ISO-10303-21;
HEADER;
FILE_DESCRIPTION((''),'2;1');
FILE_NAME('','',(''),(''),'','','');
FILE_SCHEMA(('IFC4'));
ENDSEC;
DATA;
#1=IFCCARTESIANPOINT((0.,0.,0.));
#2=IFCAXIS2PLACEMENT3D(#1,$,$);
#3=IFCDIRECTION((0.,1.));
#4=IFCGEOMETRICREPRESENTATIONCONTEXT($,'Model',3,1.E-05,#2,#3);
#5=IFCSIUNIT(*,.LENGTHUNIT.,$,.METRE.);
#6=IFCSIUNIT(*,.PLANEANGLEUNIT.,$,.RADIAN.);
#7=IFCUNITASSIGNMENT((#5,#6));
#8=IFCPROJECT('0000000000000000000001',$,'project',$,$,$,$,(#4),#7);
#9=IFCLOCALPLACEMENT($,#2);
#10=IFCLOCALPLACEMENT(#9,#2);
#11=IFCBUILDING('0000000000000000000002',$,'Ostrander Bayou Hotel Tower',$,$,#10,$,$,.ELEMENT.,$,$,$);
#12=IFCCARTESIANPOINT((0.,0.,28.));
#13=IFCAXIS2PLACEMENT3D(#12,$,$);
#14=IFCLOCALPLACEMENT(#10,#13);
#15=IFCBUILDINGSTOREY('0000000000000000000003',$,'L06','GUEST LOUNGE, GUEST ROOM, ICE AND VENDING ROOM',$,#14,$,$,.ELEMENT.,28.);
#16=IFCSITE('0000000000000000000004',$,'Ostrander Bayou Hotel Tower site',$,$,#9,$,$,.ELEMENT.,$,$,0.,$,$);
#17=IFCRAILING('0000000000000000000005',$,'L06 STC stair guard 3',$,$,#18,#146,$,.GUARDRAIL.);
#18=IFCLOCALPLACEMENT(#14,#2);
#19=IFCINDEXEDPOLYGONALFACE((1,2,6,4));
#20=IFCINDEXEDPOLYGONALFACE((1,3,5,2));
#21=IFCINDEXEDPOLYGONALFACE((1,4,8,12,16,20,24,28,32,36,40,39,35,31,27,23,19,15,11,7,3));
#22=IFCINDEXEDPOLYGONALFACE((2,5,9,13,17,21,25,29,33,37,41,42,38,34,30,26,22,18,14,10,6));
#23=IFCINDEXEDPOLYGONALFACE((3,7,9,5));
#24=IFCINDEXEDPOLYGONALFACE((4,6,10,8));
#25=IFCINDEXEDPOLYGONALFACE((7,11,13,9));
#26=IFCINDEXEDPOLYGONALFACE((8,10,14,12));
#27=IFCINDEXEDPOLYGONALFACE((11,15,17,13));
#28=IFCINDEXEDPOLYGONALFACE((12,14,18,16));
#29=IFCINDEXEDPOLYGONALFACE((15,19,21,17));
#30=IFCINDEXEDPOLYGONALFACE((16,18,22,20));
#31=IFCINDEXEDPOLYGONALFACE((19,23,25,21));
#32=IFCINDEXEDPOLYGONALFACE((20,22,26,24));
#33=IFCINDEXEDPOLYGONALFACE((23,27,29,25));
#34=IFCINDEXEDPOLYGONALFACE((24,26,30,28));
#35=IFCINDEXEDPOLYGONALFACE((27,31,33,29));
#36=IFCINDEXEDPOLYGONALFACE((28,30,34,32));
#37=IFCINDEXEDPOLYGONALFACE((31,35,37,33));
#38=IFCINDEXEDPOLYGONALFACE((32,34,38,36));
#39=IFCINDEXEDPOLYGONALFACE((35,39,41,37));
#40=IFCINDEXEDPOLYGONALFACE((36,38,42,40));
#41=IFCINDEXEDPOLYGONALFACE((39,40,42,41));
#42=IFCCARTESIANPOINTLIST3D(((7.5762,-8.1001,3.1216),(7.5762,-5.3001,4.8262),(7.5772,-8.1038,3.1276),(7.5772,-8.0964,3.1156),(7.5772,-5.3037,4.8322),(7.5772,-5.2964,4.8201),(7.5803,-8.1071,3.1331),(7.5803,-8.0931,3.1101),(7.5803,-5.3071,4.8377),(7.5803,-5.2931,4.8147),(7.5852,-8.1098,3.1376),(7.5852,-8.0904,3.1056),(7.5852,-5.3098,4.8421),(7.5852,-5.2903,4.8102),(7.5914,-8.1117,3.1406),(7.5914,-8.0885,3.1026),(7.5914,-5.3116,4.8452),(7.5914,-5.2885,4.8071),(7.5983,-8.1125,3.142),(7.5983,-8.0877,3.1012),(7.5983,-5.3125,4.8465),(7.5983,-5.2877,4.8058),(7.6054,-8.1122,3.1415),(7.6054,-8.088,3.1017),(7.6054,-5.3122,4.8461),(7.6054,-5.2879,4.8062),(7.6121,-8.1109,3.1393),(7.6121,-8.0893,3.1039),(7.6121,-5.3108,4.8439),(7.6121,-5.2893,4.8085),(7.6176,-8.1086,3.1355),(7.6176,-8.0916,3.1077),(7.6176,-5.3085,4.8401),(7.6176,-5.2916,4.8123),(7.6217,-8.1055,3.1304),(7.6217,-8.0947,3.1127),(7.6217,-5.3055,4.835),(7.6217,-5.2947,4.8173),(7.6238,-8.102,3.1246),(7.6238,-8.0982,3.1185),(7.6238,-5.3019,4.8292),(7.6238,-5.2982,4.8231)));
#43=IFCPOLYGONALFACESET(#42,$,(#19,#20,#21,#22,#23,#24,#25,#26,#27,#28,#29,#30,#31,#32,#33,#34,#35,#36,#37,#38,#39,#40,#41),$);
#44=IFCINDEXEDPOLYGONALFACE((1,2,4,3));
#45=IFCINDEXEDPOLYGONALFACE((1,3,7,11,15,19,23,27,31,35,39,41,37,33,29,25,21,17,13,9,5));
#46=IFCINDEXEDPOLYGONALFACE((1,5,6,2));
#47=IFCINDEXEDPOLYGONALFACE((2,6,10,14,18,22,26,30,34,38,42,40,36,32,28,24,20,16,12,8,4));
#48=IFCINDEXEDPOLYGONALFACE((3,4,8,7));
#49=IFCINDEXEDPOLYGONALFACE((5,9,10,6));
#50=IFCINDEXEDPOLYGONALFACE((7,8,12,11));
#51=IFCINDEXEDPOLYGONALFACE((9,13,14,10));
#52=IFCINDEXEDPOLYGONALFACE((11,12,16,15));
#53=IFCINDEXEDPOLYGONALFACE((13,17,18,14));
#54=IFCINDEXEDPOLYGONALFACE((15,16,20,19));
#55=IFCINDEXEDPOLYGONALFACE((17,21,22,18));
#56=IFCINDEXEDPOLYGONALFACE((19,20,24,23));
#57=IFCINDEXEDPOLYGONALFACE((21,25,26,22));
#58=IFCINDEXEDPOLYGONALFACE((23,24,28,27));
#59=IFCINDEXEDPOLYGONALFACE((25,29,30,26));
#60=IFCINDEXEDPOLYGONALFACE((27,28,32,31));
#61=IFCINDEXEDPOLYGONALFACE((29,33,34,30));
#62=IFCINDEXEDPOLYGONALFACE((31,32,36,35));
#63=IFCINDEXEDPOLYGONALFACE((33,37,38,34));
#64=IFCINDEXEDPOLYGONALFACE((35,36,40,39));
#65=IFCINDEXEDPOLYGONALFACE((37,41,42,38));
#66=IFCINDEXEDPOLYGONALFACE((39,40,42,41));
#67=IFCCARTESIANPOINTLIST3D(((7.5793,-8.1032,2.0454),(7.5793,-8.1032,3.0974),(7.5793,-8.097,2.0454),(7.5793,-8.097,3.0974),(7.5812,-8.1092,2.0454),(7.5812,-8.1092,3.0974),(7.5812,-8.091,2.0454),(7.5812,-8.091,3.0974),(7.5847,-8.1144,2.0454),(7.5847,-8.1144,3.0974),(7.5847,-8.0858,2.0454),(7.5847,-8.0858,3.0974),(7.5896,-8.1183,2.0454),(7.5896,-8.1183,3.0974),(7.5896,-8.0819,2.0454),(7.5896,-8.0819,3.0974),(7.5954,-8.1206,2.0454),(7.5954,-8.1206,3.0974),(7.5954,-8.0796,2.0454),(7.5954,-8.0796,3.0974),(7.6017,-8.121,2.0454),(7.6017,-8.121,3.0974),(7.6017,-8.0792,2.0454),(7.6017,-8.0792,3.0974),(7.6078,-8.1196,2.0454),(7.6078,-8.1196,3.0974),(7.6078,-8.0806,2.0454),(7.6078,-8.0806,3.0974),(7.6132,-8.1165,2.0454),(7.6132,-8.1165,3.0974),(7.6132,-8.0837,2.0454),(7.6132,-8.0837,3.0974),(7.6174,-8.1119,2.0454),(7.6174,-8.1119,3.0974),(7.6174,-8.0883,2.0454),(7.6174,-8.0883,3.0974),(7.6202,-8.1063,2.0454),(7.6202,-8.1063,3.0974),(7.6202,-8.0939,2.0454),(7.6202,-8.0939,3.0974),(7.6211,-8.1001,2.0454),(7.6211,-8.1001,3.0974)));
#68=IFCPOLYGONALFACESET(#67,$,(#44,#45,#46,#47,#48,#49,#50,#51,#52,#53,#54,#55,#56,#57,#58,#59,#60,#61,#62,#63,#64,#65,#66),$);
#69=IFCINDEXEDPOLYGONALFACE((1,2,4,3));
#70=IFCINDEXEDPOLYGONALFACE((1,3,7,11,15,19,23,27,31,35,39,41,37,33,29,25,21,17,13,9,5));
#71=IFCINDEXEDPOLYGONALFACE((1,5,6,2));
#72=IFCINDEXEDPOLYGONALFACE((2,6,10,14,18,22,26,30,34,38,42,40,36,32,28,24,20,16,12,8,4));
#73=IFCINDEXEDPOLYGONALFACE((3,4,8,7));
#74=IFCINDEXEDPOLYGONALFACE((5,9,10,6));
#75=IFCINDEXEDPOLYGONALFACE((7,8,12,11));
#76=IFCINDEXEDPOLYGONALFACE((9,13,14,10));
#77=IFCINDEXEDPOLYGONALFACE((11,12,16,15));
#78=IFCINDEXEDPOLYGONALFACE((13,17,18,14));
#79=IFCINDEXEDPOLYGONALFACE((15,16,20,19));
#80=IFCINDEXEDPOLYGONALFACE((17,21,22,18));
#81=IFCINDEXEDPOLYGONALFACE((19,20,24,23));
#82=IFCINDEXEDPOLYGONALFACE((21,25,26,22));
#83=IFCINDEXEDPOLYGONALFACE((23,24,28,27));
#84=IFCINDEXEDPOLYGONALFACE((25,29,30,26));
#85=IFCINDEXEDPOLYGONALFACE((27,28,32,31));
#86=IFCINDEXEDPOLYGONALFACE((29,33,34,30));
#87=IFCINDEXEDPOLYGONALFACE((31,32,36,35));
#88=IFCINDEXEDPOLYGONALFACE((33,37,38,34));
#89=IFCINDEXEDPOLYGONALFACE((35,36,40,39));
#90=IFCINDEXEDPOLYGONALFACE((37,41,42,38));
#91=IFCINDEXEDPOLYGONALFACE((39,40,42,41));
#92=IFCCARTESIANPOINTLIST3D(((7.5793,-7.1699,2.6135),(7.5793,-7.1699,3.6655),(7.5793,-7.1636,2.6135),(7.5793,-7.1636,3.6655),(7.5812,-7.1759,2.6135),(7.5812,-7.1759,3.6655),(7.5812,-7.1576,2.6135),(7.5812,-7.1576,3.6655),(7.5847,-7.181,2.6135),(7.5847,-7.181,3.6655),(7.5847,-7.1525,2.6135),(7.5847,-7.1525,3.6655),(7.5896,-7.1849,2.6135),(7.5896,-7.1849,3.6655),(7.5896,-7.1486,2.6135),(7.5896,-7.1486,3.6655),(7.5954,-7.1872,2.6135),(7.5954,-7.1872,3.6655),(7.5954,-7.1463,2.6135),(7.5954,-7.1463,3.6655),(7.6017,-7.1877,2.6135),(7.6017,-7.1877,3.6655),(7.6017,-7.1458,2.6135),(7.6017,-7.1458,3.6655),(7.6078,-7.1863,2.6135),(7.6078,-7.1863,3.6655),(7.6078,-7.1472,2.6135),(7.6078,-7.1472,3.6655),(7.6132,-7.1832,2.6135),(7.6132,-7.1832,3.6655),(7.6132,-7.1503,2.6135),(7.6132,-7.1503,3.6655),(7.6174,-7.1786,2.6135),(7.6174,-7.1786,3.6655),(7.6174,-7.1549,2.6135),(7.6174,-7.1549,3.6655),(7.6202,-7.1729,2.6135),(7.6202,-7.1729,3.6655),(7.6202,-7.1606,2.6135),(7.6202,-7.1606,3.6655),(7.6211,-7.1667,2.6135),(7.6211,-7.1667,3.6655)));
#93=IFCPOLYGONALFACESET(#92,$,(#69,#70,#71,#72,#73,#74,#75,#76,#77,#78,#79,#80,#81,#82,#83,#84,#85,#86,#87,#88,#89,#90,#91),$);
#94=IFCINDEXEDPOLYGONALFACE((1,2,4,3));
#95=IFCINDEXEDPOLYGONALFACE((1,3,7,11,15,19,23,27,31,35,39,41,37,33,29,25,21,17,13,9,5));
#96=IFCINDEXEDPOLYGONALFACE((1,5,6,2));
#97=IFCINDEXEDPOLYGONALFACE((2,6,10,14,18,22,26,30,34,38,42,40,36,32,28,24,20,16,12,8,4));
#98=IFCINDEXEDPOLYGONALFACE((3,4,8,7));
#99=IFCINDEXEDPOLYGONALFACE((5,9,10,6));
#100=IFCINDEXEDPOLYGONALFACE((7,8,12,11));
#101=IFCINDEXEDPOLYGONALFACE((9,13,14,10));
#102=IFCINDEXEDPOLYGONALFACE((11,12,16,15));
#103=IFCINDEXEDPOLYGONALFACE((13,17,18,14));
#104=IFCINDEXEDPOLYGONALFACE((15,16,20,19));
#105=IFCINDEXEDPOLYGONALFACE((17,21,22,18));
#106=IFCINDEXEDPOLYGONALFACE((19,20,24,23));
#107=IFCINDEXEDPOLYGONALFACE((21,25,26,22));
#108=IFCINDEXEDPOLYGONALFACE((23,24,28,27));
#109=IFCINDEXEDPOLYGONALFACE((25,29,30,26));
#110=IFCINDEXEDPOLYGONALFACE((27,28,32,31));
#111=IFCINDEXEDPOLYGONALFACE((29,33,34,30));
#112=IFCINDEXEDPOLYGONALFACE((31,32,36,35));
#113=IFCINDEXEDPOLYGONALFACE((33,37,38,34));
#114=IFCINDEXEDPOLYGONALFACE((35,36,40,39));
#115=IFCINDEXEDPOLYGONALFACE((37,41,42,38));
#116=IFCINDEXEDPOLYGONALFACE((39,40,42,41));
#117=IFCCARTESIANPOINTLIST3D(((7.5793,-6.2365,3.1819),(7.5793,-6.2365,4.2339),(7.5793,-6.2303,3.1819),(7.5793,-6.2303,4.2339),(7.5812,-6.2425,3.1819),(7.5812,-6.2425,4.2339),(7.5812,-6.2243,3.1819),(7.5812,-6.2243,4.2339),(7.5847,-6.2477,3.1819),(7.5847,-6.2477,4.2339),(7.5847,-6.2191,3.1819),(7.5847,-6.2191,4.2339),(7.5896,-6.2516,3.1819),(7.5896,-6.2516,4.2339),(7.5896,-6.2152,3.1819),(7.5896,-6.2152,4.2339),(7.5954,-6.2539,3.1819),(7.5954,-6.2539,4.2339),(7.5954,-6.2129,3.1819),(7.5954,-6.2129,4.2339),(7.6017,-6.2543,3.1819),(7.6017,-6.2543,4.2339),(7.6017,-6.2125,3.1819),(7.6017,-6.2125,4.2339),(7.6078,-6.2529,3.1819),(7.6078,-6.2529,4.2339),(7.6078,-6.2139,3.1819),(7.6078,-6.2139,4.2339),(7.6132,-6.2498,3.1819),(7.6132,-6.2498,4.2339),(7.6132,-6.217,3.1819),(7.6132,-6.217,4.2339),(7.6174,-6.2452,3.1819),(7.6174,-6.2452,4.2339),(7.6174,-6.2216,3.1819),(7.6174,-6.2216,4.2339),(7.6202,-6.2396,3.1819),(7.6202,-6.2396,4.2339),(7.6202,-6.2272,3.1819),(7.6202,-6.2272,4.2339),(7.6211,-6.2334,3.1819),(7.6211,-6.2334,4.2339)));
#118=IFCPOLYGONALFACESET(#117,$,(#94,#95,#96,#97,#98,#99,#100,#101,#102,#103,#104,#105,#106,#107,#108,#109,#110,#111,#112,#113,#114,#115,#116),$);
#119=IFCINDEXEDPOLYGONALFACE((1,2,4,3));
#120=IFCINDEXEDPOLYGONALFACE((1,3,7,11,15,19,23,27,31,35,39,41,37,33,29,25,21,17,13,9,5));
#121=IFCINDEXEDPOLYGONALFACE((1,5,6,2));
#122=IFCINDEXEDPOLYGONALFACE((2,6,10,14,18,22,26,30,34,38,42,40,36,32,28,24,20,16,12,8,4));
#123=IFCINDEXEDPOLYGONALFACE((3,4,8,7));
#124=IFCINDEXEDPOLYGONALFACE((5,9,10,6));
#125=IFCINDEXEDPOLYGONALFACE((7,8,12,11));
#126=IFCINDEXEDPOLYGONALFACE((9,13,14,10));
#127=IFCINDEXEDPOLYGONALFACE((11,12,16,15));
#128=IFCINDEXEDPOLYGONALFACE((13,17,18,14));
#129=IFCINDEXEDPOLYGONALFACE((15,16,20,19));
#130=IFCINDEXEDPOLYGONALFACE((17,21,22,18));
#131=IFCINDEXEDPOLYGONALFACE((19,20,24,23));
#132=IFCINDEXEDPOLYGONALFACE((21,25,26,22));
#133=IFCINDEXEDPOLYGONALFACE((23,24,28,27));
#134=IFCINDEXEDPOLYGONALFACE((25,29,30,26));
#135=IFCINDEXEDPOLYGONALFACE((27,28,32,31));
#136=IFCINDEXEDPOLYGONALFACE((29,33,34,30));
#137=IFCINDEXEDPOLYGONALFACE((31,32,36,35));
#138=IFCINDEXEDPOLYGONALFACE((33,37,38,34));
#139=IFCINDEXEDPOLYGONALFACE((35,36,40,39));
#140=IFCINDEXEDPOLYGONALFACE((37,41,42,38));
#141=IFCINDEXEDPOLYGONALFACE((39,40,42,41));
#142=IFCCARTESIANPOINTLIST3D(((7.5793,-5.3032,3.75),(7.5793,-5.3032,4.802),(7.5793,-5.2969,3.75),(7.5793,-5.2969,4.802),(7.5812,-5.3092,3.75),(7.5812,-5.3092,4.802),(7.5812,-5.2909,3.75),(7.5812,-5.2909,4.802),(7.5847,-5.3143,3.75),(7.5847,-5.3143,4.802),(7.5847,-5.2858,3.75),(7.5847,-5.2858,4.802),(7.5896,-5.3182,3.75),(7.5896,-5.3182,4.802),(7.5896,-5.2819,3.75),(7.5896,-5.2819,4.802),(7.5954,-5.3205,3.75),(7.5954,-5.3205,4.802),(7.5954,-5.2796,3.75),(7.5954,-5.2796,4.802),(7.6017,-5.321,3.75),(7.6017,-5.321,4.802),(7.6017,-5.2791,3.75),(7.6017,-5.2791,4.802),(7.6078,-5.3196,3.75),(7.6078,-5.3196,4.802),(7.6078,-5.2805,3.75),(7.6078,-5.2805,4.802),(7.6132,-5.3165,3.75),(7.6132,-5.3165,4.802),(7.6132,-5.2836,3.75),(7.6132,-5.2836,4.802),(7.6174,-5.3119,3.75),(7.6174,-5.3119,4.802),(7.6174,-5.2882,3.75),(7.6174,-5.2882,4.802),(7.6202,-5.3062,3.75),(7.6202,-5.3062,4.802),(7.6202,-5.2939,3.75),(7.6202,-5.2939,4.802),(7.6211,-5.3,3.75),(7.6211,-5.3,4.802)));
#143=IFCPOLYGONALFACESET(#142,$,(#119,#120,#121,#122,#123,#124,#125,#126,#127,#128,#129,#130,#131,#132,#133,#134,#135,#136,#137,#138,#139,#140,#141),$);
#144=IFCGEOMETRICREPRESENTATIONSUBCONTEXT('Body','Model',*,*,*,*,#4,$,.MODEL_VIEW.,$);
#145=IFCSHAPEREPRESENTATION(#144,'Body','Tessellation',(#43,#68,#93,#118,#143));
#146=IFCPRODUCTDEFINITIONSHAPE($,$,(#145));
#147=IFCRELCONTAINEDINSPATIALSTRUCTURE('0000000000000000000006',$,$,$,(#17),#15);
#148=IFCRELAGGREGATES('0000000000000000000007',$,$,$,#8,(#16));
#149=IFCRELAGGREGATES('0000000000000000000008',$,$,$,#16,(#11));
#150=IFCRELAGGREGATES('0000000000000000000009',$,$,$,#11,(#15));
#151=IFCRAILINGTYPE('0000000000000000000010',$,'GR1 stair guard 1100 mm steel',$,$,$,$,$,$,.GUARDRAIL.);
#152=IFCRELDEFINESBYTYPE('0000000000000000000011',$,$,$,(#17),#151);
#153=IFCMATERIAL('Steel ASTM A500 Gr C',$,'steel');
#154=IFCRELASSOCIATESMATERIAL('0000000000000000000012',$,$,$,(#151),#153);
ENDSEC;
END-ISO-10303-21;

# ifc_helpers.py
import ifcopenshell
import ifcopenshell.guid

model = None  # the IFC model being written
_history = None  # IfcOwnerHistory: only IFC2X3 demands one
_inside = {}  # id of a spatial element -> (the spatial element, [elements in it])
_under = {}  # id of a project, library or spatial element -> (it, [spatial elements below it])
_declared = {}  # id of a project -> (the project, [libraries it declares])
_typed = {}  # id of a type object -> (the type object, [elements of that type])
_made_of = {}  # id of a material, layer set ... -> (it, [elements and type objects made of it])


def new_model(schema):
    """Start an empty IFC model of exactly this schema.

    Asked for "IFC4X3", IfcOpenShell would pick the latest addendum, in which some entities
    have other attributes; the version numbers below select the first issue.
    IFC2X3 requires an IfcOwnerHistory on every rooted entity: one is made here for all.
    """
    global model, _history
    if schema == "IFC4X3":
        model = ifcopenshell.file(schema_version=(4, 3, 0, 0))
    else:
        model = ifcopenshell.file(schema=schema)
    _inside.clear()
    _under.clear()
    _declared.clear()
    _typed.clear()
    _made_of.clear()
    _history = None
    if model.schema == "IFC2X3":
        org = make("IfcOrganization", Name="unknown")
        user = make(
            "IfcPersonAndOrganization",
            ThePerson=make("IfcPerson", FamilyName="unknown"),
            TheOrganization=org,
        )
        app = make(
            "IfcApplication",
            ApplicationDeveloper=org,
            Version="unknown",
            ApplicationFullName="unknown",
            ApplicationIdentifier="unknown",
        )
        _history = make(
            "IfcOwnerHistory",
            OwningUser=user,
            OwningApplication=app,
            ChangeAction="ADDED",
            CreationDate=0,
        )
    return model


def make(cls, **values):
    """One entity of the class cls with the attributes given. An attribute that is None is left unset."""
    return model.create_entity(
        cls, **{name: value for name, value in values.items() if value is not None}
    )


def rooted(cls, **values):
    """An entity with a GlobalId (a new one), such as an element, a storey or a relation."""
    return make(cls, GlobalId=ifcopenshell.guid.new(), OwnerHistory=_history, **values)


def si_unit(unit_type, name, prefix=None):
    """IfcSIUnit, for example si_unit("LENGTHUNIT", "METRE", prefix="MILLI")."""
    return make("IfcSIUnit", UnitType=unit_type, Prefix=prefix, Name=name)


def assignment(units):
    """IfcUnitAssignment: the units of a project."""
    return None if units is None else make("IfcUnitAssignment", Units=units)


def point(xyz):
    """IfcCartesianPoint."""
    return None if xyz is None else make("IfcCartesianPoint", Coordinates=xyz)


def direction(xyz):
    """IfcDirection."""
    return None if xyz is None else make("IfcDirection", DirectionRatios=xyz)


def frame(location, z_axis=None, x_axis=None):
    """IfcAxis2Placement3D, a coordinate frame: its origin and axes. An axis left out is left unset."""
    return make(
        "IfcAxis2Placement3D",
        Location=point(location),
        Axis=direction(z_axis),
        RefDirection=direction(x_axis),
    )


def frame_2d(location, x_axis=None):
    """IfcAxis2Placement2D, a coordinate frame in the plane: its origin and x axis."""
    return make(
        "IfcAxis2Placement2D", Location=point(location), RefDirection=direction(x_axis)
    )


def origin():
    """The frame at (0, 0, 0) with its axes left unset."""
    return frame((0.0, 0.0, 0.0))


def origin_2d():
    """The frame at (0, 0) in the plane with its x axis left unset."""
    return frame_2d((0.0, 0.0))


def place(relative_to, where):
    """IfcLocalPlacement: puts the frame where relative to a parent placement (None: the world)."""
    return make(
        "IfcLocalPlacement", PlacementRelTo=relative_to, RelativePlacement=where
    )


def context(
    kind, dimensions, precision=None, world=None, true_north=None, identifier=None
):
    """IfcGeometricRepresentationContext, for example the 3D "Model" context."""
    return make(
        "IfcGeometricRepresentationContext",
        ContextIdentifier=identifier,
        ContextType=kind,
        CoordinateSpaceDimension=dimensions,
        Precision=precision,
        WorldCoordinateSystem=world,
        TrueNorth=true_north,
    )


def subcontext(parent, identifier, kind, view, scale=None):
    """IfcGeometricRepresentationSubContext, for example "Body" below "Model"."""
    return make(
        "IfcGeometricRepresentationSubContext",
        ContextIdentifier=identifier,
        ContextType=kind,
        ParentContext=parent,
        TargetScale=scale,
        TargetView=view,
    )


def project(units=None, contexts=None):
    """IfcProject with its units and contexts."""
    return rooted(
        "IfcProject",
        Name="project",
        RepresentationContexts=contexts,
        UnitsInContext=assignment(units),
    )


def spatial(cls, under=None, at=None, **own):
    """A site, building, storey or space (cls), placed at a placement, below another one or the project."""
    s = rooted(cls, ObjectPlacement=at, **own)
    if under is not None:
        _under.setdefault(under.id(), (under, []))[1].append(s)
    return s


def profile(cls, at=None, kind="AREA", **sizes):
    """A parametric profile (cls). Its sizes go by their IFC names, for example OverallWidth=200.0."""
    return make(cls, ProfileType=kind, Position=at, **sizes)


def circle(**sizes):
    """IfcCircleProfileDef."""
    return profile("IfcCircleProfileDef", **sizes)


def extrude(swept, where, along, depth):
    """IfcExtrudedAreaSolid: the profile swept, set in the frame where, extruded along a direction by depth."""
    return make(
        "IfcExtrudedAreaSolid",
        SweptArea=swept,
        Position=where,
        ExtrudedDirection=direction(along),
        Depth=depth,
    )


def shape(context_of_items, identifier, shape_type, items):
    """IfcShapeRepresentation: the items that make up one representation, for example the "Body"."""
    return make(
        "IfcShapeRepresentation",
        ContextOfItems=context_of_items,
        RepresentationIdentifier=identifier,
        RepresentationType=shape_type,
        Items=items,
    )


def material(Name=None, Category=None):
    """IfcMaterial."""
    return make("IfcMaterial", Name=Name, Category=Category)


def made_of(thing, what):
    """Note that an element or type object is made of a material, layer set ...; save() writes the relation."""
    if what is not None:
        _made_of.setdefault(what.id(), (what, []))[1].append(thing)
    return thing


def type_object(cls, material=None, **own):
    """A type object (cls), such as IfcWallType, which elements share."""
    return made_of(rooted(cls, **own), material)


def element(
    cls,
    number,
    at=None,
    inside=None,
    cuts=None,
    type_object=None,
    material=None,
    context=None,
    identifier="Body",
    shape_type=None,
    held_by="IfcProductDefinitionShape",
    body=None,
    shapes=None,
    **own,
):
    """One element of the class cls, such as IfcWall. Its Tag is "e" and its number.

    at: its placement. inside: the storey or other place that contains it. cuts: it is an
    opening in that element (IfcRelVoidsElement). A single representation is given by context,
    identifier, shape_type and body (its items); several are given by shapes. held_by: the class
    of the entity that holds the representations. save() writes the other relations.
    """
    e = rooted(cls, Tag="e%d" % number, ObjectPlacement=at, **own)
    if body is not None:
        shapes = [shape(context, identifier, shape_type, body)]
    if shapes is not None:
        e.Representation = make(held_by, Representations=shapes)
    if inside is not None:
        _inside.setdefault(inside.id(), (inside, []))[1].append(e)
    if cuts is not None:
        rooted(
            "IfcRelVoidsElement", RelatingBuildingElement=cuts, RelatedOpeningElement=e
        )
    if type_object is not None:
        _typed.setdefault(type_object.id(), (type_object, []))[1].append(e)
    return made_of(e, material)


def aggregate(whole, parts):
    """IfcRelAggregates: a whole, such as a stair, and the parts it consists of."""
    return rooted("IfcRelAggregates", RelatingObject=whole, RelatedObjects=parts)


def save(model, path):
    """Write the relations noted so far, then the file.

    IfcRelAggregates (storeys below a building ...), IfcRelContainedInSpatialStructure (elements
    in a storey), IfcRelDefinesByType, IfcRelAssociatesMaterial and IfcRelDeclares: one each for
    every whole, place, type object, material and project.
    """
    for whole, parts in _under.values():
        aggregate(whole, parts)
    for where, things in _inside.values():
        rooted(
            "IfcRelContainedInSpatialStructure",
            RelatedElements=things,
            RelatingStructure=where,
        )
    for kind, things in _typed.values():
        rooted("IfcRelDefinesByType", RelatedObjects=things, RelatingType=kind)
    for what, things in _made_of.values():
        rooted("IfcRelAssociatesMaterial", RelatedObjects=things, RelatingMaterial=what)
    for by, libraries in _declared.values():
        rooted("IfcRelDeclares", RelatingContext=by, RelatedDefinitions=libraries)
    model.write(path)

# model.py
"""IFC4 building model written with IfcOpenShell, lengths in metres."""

from ifc_helpers import new_model, si_unit, direction, frame, origin, origin_2d, place, context, subcontext, project, spatial, circle, extrude, material, type_object, element, save


model = new_model("IFC4")

# Units and contexts
model_context = context("Model", 3, precision=1e-05, world=origin(), true_north=direction((0.0, 1.0)))
body_context = subcontext(model_context, "Body", "Model", "MODEL_VIEW")
ifc_project = project(units=[si_unit("LENGTHUNIT", "METRE"), si_unit("PLANEANGLEUNIT", "RADIAN")], contexts=[model_context])

# Site, building, storey
site_placement = place(None, origin())
site = spatial("IfcSite", under=ifc_project, at=site_placement, Name="Ostrander Bayou Hotel Tower site", CompositionType="ELEMENT", RefElevation=0.0)
building_placement = place(site_placement, origin())
building = spatial("IfcBuilding", under=site, at=building_placement, Name="Ostrander Bayou Hotel Tower", CompositionType="ELEMENT")
storey_placement = place(building_placement, frame((0.0, 0.0, 28.0)))
storey = spatial("IfcBuildingStorey", under=building, at=storey_placement, Name="L06", Description="GUEST LOUNGE, GUEST ROOM, ICE AND VENDING ROOM", CompositionType="ELEMENT", Elevation=28.0)

# Railing
ifc_material_1 = material(Name="Steel ASTM A500 Gr C", Category="steel")
railing_type = type_object("IfcRailingType", Name="GR1 stair guard 1100 mm steel", PredefinedType="GUARDRAIL", material=ifc_material_1)
railing_1_placement = place(storey_placement, frame((7.6001, -8.1001, 2.0454)))
element("IfcRailing", 1, at=railing_1_placement, inside=storey, type_object=railing_type, Name="L06 STC stair guard 3", PredefinedType="GUARDRAIL", context=body_context, shape_type="SweptSolid", body=[
    extrude(circle(Radius=0.0239, at=origin_2d()), frame((0.0, 0.0, 1.0762), z_axis=(0.0, 0.85417, 0.519994), x_axis=(-1.0, 0.0, 0.0)), (0.0, 0.0, 1.0), 3.2781),
    extrude(circle(Radius=0.021, at=origin_2d()), origin(), (0.0, 0.0, 1.0), 1.052),
    extrude(circle(Radius=0.021, at=origin_2d()), frame((0.0, 0.9333, 0.5681)), (0.0, 0.0, 1.0), 1.052),
    extrude(circle(Radius=0.021, at=origin_2d()), frame((0.0, 1.8667, 1.1365)), (0.0, 0.0, 1.0), 1.052),
    extrude(circle(Radius=0.021, at=origin_2d()), frame((0.0, 2.8, 1.7046)), (0.0, 0.0, 1.0), 1.052),
])

save(model, "model.ifc")
